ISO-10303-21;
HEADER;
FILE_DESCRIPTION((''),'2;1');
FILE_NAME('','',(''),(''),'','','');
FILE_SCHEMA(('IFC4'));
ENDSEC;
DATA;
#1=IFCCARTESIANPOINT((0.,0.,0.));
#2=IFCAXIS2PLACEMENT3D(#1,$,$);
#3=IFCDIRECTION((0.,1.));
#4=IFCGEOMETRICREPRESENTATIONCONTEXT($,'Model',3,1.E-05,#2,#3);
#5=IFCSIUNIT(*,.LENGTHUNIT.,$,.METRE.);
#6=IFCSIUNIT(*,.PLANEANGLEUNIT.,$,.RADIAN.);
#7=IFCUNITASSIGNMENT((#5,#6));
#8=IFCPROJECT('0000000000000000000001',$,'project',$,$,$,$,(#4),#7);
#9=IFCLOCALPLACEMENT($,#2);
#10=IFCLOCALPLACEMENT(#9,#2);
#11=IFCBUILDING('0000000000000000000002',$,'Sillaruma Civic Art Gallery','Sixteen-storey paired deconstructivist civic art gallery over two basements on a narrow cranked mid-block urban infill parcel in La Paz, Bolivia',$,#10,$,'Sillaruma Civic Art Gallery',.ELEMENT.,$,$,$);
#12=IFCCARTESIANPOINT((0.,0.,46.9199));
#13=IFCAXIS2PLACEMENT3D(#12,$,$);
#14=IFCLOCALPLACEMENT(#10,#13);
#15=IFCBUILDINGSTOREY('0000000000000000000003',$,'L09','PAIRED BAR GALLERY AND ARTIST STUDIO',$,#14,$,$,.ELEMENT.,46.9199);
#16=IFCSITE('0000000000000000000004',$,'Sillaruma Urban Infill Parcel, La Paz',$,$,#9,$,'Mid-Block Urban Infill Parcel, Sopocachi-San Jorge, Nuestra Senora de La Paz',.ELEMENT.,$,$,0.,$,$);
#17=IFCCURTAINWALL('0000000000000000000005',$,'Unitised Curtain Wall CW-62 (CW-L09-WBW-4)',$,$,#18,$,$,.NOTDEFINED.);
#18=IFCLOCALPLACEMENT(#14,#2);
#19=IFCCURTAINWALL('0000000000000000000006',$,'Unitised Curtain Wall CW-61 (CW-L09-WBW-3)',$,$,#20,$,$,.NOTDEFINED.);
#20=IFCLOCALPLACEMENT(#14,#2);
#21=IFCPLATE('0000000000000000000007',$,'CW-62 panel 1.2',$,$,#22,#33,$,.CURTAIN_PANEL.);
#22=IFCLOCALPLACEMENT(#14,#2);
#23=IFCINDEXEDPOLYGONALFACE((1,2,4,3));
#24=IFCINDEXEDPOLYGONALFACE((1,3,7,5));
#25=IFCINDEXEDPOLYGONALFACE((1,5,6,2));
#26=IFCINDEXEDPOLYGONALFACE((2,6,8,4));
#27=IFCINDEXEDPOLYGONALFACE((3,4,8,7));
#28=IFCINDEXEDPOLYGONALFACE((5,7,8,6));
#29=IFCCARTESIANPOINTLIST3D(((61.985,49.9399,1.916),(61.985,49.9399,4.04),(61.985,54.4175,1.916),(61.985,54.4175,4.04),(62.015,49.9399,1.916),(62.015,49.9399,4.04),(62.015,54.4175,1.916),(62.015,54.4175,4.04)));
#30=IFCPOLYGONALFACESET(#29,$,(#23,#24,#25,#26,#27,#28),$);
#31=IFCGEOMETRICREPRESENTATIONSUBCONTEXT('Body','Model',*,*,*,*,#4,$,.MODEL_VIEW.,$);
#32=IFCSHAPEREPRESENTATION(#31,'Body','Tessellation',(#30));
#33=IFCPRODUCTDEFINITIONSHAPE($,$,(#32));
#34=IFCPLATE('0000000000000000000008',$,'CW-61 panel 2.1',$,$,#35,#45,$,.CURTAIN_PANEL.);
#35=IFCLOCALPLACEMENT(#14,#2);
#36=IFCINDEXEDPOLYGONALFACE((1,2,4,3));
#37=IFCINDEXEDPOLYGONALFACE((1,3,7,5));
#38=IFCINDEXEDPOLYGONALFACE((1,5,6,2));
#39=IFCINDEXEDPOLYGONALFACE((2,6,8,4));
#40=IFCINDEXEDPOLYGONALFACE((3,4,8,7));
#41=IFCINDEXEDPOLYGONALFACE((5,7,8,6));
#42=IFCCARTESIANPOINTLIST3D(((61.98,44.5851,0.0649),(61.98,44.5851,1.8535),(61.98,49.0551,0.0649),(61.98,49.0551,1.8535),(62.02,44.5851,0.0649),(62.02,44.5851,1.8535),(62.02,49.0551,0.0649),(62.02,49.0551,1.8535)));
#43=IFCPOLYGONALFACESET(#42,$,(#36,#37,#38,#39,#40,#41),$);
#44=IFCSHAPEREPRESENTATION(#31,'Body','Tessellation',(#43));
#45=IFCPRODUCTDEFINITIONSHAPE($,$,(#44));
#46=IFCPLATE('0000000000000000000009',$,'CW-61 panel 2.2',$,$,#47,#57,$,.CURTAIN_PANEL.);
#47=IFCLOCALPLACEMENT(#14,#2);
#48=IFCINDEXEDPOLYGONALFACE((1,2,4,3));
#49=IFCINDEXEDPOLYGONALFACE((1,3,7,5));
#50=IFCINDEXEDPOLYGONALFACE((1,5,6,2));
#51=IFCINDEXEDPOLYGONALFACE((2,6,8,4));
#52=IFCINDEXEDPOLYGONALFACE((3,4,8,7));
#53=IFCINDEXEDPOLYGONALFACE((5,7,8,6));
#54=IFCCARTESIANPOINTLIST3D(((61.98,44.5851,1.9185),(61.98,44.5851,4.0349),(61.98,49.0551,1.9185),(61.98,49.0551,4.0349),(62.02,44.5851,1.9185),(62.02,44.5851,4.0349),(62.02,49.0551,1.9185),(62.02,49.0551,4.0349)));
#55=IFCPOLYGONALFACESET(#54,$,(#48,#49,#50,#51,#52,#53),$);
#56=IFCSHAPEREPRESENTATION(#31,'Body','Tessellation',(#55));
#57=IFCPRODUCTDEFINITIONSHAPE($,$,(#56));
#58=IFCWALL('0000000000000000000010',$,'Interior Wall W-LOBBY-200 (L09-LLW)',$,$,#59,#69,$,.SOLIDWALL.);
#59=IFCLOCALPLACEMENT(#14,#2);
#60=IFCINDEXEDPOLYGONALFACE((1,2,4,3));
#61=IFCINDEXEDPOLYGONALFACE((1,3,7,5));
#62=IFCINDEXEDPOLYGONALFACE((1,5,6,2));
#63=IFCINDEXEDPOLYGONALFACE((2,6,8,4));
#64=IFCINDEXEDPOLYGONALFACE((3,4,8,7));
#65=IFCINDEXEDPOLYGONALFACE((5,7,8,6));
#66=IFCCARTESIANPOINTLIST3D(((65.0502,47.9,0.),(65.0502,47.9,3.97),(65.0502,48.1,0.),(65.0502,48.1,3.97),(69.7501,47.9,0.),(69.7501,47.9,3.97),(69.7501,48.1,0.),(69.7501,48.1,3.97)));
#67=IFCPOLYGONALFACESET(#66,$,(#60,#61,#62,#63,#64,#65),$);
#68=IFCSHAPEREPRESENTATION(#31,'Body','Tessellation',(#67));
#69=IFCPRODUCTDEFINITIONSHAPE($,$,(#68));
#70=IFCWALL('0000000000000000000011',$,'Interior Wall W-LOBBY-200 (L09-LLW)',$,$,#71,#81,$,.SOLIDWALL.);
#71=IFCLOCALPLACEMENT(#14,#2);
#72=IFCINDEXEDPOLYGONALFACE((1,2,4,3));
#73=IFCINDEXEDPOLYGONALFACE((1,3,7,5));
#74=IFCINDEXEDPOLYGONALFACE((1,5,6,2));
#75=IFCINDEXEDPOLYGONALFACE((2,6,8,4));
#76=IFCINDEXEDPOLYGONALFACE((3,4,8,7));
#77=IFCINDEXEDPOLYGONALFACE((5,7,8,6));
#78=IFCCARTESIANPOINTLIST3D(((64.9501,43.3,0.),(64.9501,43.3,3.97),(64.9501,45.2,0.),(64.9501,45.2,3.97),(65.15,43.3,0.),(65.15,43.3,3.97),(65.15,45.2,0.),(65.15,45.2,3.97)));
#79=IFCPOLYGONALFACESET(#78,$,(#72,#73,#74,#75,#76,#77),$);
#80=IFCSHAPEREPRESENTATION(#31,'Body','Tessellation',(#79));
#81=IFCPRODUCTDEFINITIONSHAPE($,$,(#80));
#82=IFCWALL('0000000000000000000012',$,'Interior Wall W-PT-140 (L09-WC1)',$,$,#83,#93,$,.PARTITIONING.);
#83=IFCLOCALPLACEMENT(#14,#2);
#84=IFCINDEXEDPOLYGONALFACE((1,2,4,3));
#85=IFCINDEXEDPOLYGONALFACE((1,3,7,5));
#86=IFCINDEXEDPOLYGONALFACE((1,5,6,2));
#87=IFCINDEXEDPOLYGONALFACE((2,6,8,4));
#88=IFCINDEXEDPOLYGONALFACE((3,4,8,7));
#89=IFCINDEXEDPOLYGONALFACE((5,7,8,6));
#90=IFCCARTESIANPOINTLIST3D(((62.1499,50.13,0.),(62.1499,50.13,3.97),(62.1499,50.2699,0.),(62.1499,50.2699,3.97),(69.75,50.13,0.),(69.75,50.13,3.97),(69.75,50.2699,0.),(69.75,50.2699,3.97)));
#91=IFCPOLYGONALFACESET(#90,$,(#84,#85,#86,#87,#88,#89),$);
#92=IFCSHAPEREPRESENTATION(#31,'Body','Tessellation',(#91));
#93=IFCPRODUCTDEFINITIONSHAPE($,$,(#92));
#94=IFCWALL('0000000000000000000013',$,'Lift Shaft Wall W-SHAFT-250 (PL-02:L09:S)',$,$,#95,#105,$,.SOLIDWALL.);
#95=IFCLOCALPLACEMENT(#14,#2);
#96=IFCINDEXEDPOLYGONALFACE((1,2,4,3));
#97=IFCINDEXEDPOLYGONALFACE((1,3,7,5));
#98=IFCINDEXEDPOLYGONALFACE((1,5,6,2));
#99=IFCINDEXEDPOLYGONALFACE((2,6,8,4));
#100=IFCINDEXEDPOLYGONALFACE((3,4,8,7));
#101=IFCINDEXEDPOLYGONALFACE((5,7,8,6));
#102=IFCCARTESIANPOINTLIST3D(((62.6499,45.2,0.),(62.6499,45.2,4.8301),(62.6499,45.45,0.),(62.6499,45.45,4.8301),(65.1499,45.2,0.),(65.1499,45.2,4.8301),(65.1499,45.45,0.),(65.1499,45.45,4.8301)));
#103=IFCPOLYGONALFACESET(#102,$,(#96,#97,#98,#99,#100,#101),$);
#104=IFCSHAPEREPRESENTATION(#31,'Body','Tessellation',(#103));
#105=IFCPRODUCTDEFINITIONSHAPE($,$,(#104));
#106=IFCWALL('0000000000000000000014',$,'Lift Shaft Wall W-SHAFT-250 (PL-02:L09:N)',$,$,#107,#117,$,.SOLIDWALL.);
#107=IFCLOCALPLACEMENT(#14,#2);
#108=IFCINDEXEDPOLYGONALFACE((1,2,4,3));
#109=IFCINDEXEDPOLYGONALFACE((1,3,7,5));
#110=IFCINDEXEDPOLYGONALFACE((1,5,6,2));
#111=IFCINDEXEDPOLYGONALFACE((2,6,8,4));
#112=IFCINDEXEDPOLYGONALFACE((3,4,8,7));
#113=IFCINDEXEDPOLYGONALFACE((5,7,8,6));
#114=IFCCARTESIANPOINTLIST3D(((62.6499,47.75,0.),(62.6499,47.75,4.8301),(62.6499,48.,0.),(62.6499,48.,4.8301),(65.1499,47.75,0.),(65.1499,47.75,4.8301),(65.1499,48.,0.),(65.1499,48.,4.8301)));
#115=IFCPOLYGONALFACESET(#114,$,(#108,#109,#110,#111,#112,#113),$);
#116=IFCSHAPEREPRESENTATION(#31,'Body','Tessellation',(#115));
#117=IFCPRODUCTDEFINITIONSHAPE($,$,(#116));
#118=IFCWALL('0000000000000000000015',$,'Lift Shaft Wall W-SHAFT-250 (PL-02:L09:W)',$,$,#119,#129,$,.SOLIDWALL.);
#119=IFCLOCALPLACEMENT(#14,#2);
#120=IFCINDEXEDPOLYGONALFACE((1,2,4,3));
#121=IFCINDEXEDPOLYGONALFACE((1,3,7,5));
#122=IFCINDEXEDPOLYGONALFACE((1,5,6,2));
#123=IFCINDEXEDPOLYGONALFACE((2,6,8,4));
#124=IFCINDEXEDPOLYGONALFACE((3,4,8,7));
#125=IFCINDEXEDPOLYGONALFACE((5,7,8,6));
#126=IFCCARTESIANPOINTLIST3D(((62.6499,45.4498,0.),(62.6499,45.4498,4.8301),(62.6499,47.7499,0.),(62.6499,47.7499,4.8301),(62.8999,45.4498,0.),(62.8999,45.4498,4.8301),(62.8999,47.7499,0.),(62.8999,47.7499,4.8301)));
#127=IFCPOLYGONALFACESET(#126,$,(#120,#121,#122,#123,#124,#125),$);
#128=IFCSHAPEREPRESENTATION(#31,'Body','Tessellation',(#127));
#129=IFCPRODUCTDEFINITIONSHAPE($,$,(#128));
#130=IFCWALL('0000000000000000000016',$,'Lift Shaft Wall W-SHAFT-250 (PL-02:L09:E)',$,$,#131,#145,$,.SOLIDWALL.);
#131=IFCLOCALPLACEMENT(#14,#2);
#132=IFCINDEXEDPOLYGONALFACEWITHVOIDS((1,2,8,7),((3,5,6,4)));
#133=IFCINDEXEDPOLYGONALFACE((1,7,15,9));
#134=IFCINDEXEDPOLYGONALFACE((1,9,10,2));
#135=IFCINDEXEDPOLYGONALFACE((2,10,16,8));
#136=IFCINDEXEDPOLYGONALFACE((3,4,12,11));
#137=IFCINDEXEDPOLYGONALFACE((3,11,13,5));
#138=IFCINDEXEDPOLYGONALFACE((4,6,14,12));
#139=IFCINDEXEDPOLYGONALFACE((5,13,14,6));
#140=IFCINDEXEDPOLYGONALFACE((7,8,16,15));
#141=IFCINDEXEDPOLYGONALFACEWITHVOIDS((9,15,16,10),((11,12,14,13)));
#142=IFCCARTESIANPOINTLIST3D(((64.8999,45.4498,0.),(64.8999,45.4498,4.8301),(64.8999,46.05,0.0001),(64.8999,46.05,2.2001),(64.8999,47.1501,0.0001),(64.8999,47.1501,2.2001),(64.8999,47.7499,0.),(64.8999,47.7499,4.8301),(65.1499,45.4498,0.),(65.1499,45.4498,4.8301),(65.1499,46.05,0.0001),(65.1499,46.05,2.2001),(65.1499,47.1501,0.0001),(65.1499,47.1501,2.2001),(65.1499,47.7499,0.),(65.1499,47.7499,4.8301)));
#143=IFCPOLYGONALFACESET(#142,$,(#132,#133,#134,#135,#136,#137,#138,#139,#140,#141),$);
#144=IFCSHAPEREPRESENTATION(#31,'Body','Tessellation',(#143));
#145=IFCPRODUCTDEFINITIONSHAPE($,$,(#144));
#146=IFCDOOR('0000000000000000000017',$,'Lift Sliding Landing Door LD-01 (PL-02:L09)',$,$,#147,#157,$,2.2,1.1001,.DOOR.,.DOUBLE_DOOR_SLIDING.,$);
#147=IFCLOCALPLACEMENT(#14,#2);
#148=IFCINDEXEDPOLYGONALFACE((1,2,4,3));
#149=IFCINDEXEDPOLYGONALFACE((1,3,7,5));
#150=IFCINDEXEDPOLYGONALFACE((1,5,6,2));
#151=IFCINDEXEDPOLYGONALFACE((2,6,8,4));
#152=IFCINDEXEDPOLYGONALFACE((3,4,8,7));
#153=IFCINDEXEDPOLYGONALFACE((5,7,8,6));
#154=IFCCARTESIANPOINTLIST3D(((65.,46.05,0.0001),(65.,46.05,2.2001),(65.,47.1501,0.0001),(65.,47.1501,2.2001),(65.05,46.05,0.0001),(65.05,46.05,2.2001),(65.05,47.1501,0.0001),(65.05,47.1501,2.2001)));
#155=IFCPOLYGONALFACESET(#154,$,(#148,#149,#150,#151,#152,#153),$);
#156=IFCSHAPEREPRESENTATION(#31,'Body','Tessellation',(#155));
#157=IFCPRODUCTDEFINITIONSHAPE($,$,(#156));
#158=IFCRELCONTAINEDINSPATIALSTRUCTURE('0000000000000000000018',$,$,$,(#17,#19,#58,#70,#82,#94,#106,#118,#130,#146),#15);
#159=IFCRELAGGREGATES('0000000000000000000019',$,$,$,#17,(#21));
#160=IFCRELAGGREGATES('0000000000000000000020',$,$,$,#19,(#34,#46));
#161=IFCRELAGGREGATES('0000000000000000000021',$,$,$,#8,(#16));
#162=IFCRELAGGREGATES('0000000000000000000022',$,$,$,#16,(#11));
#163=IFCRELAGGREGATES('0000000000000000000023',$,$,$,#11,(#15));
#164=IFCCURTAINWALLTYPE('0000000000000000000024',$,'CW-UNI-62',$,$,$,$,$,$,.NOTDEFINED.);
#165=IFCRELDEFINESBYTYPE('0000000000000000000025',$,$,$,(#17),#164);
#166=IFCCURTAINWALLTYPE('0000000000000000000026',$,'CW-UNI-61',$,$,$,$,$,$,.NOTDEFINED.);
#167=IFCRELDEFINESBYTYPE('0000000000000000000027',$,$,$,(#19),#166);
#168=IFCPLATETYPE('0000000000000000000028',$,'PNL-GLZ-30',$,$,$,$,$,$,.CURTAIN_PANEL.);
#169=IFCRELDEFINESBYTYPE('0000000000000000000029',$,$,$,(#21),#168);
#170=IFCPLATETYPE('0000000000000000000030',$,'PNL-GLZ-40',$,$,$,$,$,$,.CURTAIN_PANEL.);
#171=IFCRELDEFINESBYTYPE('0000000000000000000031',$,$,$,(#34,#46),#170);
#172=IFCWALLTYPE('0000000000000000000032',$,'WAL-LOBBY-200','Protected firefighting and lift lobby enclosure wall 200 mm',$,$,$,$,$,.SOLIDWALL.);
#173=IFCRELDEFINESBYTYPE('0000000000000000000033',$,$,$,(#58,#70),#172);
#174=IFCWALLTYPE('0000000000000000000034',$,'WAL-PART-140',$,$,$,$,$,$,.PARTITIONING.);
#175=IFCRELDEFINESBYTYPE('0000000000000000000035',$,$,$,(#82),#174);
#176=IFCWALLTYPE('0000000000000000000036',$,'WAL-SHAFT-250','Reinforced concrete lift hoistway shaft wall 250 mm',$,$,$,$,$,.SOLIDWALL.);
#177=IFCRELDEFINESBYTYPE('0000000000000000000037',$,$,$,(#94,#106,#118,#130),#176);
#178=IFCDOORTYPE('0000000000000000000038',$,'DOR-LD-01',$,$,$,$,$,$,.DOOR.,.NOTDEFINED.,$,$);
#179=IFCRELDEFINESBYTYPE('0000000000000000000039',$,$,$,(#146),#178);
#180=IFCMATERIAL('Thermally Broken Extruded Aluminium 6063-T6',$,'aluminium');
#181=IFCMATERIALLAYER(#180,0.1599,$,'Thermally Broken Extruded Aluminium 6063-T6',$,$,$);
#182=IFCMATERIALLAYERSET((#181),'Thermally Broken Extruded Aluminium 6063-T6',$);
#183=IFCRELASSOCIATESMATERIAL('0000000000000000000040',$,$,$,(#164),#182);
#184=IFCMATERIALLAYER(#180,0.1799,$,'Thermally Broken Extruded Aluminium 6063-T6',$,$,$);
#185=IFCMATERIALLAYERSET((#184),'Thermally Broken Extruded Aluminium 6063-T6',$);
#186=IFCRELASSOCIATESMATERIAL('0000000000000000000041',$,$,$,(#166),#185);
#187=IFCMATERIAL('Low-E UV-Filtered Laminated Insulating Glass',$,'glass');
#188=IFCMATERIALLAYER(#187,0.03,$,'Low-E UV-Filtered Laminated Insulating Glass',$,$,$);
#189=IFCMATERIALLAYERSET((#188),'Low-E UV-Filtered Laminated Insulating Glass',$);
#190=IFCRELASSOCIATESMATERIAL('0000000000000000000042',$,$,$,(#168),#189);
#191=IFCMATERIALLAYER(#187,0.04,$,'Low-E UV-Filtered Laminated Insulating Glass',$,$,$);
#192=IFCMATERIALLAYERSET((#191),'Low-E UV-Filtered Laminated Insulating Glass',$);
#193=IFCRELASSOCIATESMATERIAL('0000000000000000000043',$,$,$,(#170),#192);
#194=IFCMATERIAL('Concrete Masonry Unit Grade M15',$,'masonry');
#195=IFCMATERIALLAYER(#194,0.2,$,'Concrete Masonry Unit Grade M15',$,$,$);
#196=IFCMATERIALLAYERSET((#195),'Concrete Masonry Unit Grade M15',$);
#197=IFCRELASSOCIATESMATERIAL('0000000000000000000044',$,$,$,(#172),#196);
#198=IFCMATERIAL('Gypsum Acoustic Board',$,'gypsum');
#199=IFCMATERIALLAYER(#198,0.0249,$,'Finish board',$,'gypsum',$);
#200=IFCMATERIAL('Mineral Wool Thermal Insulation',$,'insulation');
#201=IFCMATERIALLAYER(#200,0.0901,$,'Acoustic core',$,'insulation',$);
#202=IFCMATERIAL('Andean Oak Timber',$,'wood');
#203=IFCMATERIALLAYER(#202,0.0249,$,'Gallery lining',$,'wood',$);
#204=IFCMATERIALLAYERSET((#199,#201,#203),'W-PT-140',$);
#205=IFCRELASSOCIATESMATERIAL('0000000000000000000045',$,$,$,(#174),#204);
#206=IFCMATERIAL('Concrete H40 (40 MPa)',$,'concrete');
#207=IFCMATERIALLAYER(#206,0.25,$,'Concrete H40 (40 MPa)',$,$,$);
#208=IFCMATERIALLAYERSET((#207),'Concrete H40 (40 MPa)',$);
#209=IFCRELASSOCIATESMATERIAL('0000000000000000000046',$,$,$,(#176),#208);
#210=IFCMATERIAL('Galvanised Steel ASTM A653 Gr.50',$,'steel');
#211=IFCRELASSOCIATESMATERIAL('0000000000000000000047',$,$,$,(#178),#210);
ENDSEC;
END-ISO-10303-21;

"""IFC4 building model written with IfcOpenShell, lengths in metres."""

from ifc_helpers import new_model, si_unit, direction, frame, frame_2d, origin, origin_2d, place, context, subcontext, project, spatial, rectangle, extrude, material, layer, layer_set, type_object, element, fill, aggregate, save


model = new_model("IFC4")

# Units and contexts
model_context = context("Model", 3, precision=1e-05, world=origin(), true_north=direction((0.0, 1.0)))
body_context = subcontext(model_context, "Body", "Model", "MODEL_VIEW")
ifc_project = project(units=[si_unit("LENGTHUNIT", "METRE"), si_unit("PLANEANGLEUNIT", "RADIAN")], contexts=[model_context])

# Site, building, storey
site_placement = place(None, origin())
site = spatial("IfcSite", under=ifc_project, at=site_placement, Name="Sillaruma Urban Infill Parcel, La Paz", LongName="Mid-Block Urban Infill Parcel, Sopocachi-San Jorge, Nuestra Senora de La Paz", CompositionType="ELEMENT", RefElevation=0.0)
building_placement = place(site_placement, origin())
building = spatial("IfcBuilding", under=site, at=building_placement, Name="Sillaruma Civic Art Gallery", Description="Sixteen-storey paired deconstructivist civic art gallery over two basements on a narrow cranked mid-block urban infill parcel in La Paz, Bolivia", LongName="Sillaruma Civic Art Gallery", CompositionType="ELEMENT")
storey_placement = place(building_placement, frame((0.0, 0.0, 46.9199)))
storey = spatial("IfcBuildingStorey", under=building, at=storey_placement, Name="L09", Description="PAIRED BAR GALLERY AND ARTIST STUDIO", CompositionType="ELEMENT", Elevation=46.9199)

# Shared definitions
ifc_material_1 = material(Name="Concrete H40 (40 MPa)", Category="concrete")

# Curtain walls
ifc_material_2 = material(Name="Thermally Broken Extruded Aluminium 6063-T6", Category="aluminium")
ifc_layer_1 = layer(ifc_material_2, 0.1599, Name="Thermally Broken Extruded Aluminium 6063-T6")
ifc_layer_set_1 = layer_set([ifc_layer_1], Name="Thermally Broken Extruded Aluminium 6063-T6")
curtain_wall_type_1 = type_object("IfcCurtainWallType", Name="CW-UNI-62", PredefinedType="NOTDEFINED", material=ifc_layer_set_1)
curtain_wall_1_placement = place(storey_placement, origin())
curtain_wall_1 = element("IfcCurtainWall", 1, at=curtain_wall_1_placement, inside=storey, type_object=curtain_wall_type_1, Name="Unitised Curtain Wall CW-62 (CW-L09-WBW-4)", PredefinedType="NOTDEFINED")
ifc_layer_2 = layer(ifc_material_2, 0.1799, Name="Thermally Broken Extruded Aluminium 6063-T6")
ifc_layer_set_2 = layer_set([ifc_layer_2], Name="Thermally Broken Extruded Aluminium 6063-T6")
curtain_wall_type_2 = type_object("IfcCurtainWallType", Name="CW-UNI-61", PredefinedType="NOTDEFINED", material=ifc_layer_set_2)
curtain_wall_2_placement = place(storey_placement, origin())
curtain_wall_2 = element("IfcCurtainWall", 2, at=curtain_wall_2_placement, inside=storey, type_object=curtain_wall_type_2, Name="Unitised Curtain Wall CW-61 (CW-L09-WBW-3)", PredefinedType="NOTDEFINED")

# Plates
ifc_material_3 = material(Name="Low-E UV-Filtered Laminated Insulating Glass", Category="glass")
ifc_layer_3 = layer(ifc_material_3, 0.03, Name="Low-E UV-Filtered Laminated Insulating Glass")
ifc_layer_set_3 = layer_set([ifc_layer_3], Name="Low-E UV-Filtered Laminated Insulating Glass")
plate_type_1 = type_object("IfcPlateType", Name="PNL-GLZ-30", PredefinedType="CURTAIN_PANEL", material=ifc_layer_set_3)
plate_1_placement = place(storey_placement, frame((62.0, 52.1787, 1.916), z_axis=(0.0, 0.0, 1.0), x_axis=(0.0, 1.0, 0.0)))
plate_1 = element("IfcPlate", 3, at=plate_1_placement, type_object=plate_type_1, Name="CW-62 panel 1.2", PredefinedType="CURTAIN_PANEL", context=body_context, shape_type="SweptSolid", body=[
    extrude(rectangle(XDim=4.4775, YDim=0.03, at=origin_2d()), origin(), (0.0, 0.0, 1.0), 2.124),
])
aggregate(curtain_wall_1, [plate_1])
ifc_layer_4 = layer(ifc_material_3, 0.04, Name="Low-E UV-Filtered Laminated Insulating Glass")
ifc_layer_set_4 = layer_set([ifc_layer_4], Name="Low-E UV-Filtered Laminated Insulating Glass")
plate_type_2 = type_object("IfcPlateType", Name="PNL-GLZ-40", PredefinedType="CURTAIN_PANEL", material=ifc_layer_set_4)
plate_2_placement = place(storey_placement, frame((62.0, 46.8201, 0.0649), z_axis=(0.0, 0.0, 1.0), x_axis=(0.0, 1.0, 0.0)))
plate_2 = element("IfcPlate", 4, at=plate_2_placement, type_object=plate_type_2, Name="CW-61 panel 2.1", PredefinedType="CURTAIN_PANEL", context=body_context, shape_type="SweptSolid", body=[
    extrude(rectangle(XDim=4.47, YDim=0.04, at=origin_2d()), origin(), (0.0, 0.0, 1.0), 1.7886),
])
plate_3_placement = place(storey_placement, frame((62.0, 46.8201, 1.9185), z_axis=(0.0, 0.0, 1.0), x_axis=(0.0, 1.0, 0.0)))
plate_3 = element("IfcPlate", 5, at=plate_3_placement, type_object=plate_type_2, Name="CW-61 panel 2.2", PredefinedType="CURTAIN_PANEL", context=body_context, shape_type="SweptSolid", body=[
    extrude(rectangle(XDim=4.47, YDim=0.04, at=origin_2d()), origin(), (0.0, 0.0, 1.0), 2.1165),
])
aggregate(curtain_wall_2, [plate_2, plate_3])

# Walls
ifc_material_4 = material(Name="Concrete Masonry Unit Grade M15", Category="masonry")
ifc_layer_5 = layer(ifc_material_4, 0.2, Name="Concrete Masonry Unit Grade M15")
ifc_layer_set_5 = layer_set([ifc_layer_5], Name="Concrete Masonry Unit Grade M15")
wall_type_1 = type_object("IfcWallType", Name="WAL-LOBBY-200", Description="Protected firefighting and lift lobby enclosure wall 200 mm", PredefinedType="SOLIDWALL", material=ifc_layer_set_5)
wall_1_placement = place(storey_placement, frame((65.05, 48.0, 0.0), z_axis=(0.0, 0.0, 1.0), x_axis=(1.0, 0.0, 0.0)))
element("IfcWall", 6, at=wall_1_placement, inside=storey, type_object=wall_type_1, Name="Interior Wall W-LOBBY-200 (L09-LLW)", PredefinedType="SOLIDWALL", context=body_context, shape_type="SweptSolid", body=[
    extrude(rectangle(XDim=4.7, YDim=0.2, at=frame_2d((2.3501, 0.0))), origin(), (0.0, 0.0, 1.0), 3.97),
])
wall_2_placement = place(storey_placement, frame((65.05, 43.3, 0.0), z_axis=(0.0, 0.0, 1.0), x_axis=(0.0, 1.0, 0.0)))
element("IfcWall", 7, at=wall_2_placement, inside=storey, type_object=wall_type_1, Name="Interior Wall W-LOBBY-200 (L09-LLW)", PredefinedType="SOLIDWALL", context=body_context, shape_type="SweptSolid", body=[
    extrude(rectangle(XDim=1.8999, YDim=0.2, at=frame_2d((0.95, 0.0))), origin(), (0.0, 0.0, 1.0), 3.97),
])
ifc_material_5 = material(Name="Gypsum Acoustic Board", Category="gypsum")
ifc_layer_6 = layer(ifc_material_5, 0.0249, Name="Finish board", Category="gypsum")
ifc_material_6 = material(Name="Mineral Wool Thermal Insulation", Category="insulation")
ifc_layer_7 = layer(ifc_material_6, 0.0901, Name="Acoustic core", Category="insulation")
ifc_material_7 = material(Name="Andean Oak Timber", Category="wood")
ifc_layer_8 = layer(ifc_material_7, 0.0249, Name="Gallery lining", Category="wood")
ifc_layer_set_6 = layer_set([ifc_layer_6, ifc_layer_7, ifc_layer_8], Name="W-PT-140")
wall_type_2 = type_object("IfcWallType", Name="WAL-PART-140", PredefinedType="PARTITIONING", material=ifc_layer_set_6)
wall_3_placement = place(storey_placement, frame((62.1499, 50.2, 0.0), z_axis=(0.0, 0.0, 1.0), x_axis=(1.0, 0.0, 0.0)))
element("IfcWall", 8, at=wall_3_placement, inside=storey, type_object=wall_type_2, Name="Interior Wall W-PT-140 (L09-WC1)", PredefinedType="PARTITIONING", context=body_context, shape_type="SweptSolid", body=[
    extrude(rectangle(XDim=7.6001, YDim=0.1399, at=frame_2d((3.8, 0.0))), origin(), (0.0, 0.0, 1.0), 3.97),
])
ifc_layer_9 = layer(ifc_material_1, 0.25, Name="Concrete H40 (40 MPa)")
ifc_layer_set_7 = layer_set([ifc_layer_9], Name="Concrete H40 (40 MPa)")
wall_type_3 = type_object("IfcWallType", Name="WAL-SHAFT-250", Description="Reinforced concrete lift hoistway shaft wall 250 mm", PredefinedType="SOLIDWALL", material=ifc_layer_set_7)
for number, where, z_axis, x_axis, name in (
    (9, (62.6499, 45.325, 0.0), (0.0, 0.0, 1.0), (1.0, 0.0, 0.0), "Lift Shaft Wall W-SHAFT-250 (PL-02:L09:S)"),
    (10, (62.6499, 47.875, 0.0), (0.0, 0.0, 1.0), (1.0, 0.0, 0.0), "Lift Shaft Wall W-SHAFT-250 (PL-02:L09:N)"),
):
    element("IfcWall", number, at=place(storey_placement, frame(where, z_axis=z_axis, x_axis=x_axis)), inside=storey, type_object=wall_type_3, Name=name, PredefinedType="SOLIDWALL", context=body_context, shape_type="SweptSolid", body=[
        extrude(rectangle(XDim=2.5, YDim=0.25, at=frame_2d((1.25, 0.0))), origin(), (0.0, 0.0, 1.0), 4.8301),
    ])
wall_4_placement = place(storey_placement, frame((62.7749, 45.45, 0.0), z_axis=(0.0, 0.0, 1.0), x_axis=(0.0, 1.0, 0.0)))
element("IfcWall", 11, at=wall_4_placement, inside=storey, type_object=wall_type_3, Name="Lift Shaft Wall W-SHAFT-250 (PL-02:L09:W)", PredefinedType="SOLIDWALL", context=body_context, shape_type="SweptSolid", body=[
    extrude(rectangle(XDim=2.3, YDim=0.25, at=frame_2d((1.1499, 0.0))), origin(), (0.0, 0.0, 1.0), 4.8301),
])

# Wall, opening, door
wall_5_placement = place(storey_placement, frame((65.0249, 45.45, 0.0), z_axis=(0.0, 0.0, 1.0), x_axis=(0.0, 1.0, 0.0)))
wall_5 = element("IfcWall", 12, at=wall_5_placement, inside=storey, type_object=wall_type_3, Name="Lift Shaft Wall W-SHAFT-250 (PL-02:L09:E)", PredefinedType="SOLIDWALL", context=body_context, shape_type="SweptSolid", body=[
    extrude(rectangle(XDim=2.3, YDim=0.25, at=frame_2d((1.1499, 0.0))), origin(), (0.0, 0.0, 1.0), 4.8301),
])
opening_placement = place(wall_5_placement, frame((0.6001, 0.0, 0.0)))
opening = element("IfcOpeningElement", 13, at=opening_placement, cuts=wall_5, PredefinedType="OPENING", context=body_context, shape_type="SweptSolid", body=[
    extrude(rectangle(XDim=1.1001, YDim=2.2, at=frame_2d((0.55, 1.1001))), frame((0.0, 0.135, 0.0), z_axis=(0.0, -1.0, 0.0), x_axis=(1.0, 0.0, 0.0)), (0.0, 0.0, 1.0), 0.27),
])
ifc_material_8 = material(Name="Galvanised Steel ASTM A653 Gr.50", Category="steel")
door_type = type_object("IfcDoorType", Name="DOR-LD-01", OperationType="NOTDEFINED", PredefinedType="DOOR", material=ifc_material_8)
door_placement = place(opening_placement, origin())
door = element("IfcDoor", 14, at=door_placement, inside=storey, type_object=door_type, Name="Lift Sliding Landing Door LD-01 (PL-02:L09)", OperationType="DOUBLE_DOOR_SLIDING", OverallHeight=2.2, OverallWidth=1.1001, PredefinedType="DOOR", context=body_context, shape_type="SweptSolid", body=[
    extrude(rectangle(XDim=1.1001, YDim=2.2, at=frame_2d((0.55, 1.1001))), frame((0.0, 0.0249, 0.0), z_axis=(0.0, -1.0, 0.0), x_axis=(1.0, 0.0, 0.0)), (0.0, 0.0, 1.0), 0.05),
])
fill(opening, door)

save(model, "model.ifc")
